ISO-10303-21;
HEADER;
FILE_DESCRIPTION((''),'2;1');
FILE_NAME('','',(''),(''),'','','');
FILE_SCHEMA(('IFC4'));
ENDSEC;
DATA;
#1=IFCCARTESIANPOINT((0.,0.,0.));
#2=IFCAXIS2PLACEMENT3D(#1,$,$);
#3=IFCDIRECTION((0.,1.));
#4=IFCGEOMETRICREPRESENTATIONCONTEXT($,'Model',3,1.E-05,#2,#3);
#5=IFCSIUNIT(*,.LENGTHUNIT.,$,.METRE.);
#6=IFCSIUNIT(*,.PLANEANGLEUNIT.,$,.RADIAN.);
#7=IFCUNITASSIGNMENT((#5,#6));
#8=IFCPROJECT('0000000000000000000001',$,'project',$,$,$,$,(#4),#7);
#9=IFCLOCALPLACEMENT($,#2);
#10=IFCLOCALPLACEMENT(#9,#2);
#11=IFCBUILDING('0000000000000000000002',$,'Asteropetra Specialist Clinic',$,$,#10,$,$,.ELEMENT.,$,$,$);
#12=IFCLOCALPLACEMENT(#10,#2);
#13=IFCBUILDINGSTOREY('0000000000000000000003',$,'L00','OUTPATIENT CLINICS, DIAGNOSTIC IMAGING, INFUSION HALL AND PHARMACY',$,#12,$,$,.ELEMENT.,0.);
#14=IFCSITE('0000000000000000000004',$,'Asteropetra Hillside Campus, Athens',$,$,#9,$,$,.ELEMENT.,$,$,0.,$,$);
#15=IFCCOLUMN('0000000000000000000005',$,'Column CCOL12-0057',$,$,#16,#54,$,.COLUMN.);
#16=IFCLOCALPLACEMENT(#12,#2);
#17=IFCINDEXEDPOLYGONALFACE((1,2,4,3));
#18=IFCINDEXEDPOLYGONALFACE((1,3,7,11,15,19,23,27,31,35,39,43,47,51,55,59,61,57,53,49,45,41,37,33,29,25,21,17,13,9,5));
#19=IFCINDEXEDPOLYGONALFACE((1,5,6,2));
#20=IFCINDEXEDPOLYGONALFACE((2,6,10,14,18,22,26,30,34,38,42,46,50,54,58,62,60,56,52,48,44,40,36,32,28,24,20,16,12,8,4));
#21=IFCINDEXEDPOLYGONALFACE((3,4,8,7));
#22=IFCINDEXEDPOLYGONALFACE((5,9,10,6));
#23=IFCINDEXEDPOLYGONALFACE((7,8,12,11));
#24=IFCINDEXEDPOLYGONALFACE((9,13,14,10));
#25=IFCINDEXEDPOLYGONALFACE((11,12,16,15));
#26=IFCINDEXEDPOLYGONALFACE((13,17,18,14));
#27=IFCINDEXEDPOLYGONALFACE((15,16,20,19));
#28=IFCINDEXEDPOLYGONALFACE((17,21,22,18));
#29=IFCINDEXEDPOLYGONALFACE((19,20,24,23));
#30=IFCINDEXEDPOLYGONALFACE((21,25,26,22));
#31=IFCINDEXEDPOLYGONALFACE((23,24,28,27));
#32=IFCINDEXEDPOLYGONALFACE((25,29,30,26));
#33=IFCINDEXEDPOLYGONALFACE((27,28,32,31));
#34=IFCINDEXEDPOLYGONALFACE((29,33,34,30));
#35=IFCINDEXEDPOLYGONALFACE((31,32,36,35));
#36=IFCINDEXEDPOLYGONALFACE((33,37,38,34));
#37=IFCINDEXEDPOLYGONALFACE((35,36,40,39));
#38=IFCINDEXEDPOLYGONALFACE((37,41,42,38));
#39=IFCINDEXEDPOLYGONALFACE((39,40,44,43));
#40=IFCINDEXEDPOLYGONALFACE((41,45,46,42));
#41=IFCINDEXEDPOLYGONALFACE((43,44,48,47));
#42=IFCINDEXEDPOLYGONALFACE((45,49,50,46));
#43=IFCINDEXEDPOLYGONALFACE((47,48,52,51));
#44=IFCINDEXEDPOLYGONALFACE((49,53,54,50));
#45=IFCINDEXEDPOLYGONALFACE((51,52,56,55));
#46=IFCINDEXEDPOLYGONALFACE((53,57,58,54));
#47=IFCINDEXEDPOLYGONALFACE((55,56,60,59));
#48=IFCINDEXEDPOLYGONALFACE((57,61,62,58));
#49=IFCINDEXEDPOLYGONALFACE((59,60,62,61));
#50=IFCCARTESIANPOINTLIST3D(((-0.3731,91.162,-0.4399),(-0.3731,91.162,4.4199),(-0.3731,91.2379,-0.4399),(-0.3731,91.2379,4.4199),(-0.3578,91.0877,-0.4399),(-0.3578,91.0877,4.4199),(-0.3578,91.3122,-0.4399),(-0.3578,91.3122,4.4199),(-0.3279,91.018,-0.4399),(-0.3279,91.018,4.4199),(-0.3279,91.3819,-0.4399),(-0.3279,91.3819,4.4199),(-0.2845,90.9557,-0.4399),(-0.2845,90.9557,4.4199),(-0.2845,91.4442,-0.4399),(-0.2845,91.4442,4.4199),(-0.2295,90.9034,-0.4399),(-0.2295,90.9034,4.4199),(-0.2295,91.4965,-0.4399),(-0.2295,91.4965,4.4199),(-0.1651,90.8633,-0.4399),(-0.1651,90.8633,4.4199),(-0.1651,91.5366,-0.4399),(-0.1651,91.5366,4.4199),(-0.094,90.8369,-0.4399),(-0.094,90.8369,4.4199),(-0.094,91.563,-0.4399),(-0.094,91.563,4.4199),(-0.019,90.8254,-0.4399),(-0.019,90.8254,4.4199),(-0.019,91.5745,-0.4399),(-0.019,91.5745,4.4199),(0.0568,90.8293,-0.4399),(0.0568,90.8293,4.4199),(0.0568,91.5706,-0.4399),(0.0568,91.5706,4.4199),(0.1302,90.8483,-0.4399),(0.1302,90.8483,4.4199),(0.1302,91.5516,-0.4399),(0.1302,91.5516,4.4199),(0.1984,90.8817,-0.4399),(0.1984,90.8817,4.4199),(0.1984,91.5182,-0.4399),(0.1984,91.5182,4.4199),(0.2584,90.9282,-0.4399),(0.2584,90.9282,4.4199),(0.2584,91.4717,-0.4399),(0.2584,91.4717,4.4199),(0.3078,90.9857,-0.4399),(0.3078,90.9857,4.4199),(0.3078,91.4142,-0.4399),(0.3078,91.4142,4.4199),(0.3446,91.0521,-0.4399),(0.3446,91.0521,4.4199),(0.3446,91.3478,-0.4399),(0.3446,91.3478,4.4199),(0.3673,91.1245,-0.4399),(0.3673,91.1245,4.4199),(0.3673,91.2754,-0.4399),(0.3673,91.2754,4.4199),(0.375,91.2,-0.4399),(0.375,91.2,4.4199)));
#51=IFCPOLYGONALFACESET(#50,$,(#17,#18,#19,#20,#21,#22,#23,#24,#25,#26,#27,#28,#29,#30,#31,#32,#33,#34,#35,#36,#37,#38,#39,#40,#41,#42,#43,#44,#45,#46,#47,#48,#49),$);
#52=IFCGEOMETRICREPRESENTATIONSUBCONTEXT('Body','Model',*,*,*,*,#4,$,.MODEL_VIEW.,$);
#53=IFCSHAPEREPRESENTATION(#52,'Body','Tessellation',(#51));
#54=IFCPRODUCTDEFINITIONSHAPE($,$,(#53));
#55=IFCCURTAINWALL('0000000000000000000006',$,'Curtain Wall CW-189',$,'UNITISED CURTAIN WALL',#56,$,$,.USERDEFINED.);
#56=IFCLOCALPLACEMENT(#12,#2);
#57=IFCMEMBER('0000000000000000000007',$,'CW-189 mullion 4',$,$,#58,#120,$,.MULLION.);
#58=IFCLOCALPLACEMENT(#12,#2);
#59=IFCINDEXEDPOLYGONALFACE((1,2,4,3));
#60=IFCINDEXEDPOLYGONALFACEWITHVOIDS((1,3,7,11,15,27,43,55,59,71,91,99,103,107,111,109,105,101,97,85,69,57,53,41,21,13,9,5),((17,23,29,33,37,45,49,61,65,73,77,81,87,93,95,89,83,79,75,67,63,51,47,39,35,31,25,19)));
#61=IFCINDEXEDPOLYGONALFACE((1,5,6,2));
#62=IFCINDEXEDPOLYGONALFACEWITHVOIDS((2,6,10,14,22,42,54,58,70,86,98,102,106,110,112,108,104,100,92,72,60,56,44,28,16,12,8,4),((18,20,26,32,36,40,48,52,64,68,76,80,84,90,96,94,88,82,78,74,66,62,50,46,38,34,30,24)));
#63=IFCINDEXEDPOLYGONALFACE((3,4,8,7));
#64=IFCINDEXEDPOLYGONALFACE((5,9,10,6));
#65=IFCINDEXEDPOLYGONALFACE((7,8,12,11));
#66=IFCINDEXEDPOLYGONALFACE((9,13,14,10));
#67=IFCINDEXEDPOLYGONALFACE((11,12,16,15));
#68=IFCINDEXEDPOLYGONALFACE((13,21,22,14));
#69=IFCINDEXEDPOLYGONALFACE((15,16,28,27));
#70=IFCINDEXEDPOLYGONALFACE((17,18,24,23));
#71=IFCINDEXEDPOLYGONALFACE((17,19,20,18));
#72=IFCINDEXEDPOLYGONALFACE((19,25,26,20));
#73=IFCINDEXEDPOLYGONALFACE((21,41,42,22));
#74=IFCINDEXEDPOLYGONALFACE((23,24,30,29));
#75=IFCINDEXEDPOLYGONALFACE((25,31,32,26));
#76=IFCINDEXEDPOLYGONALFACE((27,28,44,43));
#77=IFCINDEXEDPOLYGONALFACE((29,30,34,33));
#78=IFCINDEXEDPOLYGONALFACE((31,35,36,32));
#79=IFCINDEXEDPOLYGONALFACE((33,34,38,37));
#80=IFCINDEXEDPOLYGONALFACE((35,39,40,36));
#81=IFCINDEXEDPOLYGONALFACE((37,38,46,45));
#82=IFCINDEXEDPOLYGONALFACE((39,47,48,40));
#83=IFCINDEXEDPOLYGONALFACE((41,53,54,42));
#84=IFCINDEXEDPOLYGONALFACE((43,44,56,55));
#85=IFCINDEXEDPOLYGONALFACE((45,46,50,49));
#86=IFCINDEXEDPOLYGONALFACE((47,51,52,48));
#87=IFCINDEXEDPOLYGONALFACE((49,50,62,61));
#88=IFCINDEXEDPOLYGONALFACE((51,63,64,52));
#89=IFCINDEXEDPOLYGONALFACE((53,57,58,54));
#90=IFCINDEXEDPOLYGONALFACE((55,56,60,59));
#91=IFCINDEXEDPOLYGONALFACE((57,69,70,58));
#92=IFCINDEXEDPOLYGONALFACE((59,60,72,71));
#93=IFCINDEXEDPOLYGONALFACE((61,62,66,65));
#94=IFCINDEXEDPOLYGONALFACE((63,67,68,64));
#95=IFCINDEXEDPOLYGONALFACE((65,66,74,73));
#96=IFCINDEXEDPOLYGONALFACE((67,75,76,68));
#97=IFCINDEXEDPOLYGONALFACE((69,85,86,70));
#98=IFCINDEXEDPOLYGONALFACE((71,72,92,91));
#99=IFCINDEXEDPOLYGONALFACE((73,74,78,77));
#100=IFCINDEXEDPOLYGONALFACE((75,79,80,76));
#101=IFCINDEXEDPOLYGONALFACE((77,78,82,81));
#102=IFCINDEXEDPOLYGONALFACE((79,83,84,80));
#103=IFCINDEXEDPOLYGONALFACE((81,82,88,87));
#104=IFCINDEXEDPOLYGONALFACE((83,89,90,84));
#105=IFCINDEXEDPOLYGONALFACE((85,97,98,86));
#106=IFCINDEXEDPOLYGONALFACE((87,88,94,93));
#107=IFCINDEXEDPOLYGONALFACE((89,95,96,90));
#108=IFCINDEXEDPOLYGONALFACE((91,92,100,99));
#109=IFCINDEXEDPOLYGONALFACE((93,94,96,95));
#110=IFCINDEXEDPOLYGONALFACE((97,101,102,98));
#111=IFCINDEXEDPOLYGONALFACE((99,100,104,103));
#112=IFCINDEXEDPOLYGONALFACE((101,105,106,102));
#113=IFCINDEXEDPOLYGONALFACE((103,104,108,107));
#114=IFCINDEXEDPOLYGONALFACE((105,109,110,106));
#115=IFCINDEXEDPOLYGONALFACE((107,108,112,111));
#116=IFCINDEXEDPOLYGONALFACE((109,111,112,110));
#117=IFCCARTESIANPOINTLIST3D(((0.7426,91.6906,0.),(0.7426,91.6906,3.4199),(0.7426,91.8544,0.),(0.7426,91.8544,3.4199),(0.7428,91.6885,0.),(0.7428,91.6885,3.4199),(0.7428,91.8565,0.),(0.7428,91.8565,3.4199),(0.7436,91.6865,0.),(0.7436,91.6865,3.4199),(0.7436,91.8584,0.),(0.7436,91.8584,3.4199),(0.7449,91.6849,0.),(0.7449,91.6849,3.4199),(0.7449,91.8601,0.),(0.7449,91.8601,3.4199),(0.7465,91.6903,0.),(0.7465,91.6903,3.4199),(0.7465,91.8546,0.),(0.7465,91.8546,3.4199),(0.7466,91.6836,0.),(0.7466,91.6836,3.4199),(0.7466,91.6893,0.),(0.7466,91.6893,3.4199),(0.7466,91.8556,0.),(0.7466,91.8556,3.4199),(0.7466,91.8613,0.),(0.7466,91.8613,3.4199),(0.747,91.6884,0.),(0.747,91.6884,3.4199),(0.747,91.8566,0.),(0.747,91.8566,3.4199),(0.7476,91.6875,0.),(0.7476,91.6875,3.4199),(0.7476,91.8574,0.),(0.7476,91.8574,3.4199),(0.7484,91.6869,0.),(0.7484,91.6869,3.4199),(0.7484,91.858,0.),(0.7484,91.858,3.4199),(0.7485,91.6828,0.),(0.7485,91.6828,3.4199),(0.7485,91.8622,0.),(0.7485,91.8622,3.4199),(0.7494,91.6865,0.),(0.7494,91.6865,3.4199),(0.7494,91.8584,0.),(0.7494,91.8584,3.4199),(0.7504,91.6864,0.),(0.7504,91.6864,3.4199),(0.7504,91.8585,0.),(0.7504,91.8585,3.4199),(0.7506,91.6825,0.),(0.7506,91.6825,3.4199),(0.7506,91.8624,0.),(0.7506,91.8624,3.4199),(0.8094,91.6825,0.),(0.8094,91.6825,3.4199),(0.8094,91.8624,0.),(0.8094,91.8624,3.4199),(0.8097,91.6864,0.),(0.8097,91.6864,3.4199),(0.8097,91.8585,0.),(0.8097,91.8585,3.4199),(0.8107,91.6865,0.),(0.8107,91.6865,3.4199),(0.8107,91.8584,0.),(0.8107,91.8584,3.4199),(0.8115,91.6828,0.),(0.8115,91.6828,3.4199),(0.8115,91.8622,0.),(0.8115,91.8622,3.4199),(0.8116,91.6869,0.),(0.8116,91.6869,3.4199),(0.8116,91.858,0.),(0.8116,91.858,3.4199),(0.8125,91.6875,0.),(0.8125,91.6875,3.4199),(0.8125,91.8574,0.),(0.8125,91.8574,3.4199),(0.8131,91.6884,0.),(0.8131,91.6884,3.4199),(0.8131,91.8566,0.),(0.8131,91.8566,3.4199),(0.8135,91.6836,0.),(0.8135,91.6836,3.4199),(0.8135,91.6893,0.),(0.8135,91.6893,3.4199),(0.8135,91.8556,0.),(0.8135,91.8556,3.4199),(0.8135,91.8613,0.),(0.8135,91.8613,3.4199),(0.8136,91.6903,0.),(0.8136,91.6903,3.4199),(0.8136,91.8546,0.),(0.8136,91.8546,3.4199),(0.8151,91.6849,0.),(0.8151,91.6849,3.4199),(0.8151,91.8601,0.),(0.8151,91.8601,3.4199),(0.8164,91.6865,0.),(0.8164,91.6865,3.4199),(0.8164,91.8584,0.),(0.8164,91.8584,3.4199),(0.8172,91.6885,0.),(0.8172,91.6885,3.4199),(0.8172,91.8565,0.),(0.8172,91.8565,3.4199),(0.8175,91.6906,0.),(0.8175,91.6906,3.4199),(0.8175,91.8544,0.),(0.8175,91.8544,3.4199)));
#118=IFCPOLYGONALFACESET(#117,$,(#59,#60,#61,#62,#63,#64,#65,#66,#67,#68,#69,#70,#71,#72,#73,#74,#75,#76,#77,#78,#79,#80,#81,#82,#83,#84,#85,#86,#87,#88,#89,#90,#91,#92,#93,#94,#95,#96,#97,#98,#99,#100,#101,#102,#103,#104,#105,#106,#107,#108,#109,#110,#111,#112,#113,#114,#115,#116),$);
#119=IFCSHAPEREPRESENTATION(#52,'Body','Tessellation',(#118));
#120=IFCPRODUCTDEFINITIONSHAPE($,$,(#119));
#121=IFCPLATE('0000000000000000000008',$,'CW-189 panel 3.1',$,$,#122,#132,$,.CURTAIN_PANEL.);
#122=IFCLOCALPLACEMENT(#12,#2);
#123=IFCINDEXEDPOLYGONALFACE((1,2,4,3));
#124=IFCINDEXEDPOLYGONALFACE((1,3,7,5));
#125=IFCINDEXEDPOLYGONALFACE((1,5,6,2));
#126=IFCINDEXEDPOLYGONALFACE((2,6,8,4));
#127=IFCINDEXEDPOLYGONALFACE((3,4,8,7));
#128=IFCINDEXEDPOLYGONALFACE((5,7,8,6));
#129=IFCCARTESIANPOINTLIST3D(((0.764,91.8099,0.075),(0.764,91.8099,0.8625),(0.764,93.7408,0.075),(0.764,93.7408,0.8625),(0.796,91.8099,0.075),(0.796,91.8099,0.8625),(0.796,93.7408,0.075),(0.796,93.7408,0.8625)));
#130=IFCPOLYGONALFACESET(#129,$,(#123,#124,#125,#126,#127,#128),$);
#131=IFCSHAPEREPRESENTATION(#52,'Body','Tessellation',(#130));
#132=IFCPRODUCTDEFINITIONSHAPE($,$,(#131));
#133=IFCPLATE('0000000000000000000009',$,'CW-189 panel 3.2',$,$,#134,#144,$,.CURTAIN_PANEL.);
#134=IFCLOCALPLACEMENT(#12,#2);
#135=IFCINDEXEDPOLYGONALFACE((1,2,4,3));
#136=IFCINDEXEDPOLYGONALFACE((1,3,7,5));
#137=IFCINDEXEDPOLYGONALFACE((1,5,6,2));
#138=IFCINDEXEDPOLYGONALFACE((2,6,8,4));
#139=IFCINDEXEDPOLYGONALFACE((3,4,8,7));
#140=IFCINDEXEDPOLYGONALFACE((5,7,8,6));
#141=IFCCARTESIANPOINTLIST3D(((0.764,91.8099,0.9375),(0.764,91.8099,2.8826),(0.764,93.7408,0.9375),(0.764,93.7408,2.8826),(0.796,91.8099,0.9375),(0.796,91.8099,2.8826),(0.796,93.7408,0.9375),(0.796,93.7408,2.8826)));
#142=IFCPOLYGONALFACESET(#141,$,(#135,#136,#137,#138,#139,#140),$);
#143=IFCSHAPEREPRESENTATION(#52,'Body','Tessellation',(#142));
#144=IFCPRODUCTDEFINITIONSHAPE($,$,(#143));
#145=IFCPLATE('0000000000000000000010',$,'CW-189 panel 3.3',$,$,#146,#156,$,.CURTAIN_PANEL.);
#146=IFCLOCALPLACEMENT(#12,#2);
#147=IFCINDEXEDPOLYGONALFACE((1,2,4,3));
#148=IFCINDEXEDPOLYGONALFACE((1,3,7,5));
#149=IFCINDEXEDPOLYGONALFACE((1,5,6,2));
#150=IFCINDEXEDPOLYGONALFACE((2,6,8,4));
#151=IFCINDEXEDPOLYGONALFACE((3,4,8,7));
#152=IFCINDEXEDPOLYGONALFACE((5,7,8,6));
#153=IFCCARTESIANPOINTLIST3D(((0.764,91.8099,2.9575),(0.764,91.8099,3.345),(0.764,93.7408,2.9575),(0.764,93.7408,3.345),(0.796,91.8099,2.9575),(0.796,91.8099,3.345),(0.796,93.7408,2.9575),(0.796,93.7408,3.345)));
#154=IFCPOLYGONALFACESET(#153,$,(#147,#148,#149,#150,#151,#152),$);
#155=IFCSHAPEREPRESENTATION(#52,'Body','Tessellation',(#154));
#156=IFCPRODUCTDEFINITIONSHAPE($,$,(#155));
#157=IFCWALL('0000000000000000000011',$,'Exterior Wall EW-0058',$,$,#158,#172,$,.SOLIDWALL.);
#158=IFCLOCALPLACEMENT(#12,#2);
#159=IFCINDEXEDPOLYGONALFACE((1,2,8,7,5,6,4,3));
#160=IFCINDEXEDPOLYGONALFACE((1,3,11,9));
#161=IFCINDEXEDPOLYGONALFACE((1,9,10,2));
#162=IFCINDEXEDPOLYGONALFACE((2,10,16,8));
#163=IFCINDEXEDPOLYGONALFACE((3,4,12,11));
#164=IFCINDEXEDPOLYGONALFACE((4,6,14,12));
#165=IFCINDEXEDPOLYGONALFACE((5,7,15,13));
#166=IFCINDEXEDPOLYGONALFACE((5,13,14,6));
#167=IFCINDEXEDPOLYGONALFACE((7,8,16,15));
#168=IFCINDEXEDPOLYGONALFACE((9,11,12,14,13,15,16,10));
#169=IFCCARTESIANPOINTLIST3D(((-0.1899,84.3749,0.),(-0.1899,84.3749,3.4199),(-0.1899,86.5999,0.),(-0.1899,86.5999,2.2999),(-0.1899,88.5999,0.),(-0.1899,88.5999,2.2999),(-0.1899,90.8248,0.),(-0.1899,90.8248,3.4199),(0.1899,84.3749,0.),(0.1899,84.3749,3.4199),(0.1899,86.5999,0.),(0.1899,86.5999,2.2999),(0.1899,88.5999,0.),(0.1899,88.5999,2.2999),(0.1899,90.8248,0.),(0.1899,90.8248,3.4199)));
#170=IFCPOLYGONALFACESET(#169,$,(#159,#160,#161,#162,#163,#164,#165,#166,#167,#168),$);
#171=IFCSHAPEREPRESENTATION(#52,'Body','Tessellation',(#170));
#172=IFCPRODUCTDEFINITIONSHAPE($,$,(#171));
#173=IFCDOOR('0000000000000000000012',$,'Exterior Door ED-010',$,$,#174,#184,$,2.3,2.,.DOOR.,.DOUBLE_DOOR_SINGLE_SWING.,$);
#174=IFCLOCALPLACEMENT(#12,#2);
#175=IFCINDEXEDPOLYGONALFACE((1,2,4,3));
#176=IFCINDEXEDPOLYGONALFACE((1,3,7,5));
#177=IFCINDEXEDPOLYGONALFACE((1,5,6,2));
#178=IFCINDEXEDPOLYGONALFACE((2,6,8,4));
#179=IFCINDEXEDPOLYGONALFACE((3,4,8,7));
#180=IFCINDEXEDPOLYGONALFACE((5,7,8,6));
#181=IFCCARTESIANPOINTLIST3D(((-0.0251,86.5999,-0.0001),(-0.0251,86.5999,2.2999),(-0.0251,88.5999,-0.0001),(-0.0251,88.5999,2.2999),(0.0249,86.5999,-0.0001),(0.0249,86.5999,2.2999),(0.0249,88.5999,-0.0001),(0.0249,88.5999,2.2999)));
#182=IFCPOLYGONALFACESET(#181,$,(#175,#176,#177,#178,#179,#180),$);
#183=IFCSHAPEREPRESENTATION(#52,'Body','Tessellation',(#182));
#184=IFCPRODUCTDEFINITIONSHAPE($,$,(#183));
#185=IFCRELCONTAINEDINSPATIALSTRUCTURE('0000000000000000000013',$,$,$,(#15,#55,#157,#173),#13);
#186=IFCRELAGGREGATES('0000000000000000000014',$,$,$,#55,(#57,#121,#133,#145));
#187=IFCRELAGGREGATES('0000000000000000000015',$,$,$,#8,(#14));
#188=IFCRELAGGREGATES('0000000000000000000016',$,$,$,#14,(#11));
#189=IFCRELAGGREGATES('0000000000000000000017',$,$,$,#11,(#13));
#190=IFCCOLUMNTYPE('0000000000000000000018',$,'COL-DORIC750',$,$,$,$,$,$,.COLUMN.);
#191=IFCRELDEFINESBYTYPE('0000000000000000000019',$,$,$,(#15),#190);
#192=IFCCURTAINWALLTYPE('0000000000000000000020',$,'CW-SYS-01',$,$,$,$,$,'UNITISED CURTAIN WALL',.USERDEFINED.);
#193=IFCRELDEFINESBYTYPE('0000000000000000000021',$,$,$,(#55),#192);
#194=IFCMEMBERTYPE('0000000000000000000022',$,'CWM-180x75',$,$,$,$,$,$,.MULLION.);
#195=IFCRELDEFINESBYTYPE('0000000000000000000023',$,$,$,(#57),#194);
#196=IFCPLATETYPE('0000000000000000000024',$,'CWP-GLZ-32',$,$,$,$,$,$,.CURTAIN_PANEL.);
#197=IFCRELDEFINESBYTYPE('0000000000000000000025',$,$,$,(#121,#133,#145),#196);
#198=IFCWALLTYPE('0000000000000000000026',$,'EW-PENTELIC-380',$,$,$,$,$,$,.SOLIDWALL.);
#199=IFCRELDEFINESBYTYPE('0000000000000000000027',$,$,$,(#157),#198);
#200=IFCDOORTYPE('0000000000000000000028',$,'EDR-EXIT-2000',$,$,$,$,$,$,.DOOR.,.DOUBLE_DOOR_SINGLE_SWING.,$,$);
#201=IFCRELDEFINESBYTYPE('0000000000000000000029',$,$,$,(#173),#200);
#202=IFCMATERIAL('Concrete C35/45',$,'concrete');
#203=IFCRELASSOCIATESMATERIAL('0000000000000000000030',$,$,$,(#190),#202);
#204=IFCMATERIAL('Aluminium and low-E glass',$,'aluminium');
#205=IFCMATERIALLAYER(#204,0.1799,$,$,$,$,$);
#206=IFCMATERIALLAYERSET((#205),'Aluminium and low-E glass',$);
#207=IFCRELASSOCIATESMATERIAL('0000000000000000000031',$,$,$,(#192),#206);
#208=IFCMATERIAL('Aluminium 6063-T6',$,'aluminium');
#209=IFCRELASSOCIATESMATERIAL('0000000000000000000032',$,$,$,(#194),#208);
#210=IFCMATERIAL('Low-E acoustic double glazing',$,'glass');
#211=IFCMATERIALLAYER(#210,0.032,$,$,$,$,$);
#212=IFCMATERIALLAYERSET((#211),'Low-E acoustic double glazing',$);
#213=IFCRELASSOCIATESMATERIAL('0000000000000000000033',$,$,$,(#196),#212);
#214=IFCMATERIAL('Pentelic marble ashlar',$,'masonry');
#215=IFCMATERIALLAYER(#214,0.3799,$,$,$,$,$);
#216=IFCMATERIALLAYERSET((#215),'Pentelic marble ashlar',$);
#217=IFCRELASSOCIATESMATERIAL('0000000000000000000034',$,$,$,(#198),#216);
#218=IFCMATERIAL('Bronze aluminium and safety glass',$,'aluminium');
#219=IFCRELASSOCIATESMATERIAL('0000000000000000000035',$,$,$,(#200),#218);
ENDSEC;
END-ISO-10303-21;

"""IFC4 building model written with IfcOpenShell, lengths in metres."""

from ifc_helpers import new_model, si_unit, direction, frame, frame_2d, origin, origin_2d, place, context, subcontext, project, spatial, rectangle, hollow_rectangle, circle, extrude, material, layer, layer_set, material_profile, profile_set, type_object, element, fill, aggregate, save


model = new_model("IFC4")

# Units and contexts
model_context = context("Model", 3, precision=1e-05, world=origin(), true_north=direction((0.0, 1.0)))
body_context = subcontext(model_context, "Body", "Model", "MODEL_VIEW")
ifc_project = project(units=[si_unit("LENGTHUNIT", "METRE"), si_unit("PLANEANGLEUNIT", "RADIAN")], contexts=[model_context])

# Site, building, storey
site_placement = place(None, origin())
site = spatial("IfcSite", under=ifc_project, at=site_placement, Name="Asteropetra Hillside Campus, Athens", CompositionType="ELEMENT", RefElevation=0.0)
building_placement = place(site_placement, origin())
building = spatial("IfcBuilding", under=site, at=building_placement, Name="Asteropetra Specialist Clinic", CompositionType="ELEMENT")
storey_placement = place(building_placement, origin())
storey = spatial("IfcBuildingStorey", under=building, at=storey_placement, Name="L00", Description="OUTPATIENT CLINICS, DIAGNOSTIC IMAGING, INFUSION HALL AND PHARMACY", CompositionType="ELEMENT", Elevation=0.0)

# Column
ifc_material_1 = material(Name="Concrete C35/45", Category="concrete")
ifc_material_profile_1 = material_profile(ifc_material_1, circle(Radius=0.375, at=origin_2d()), Name="RCC D750")
ifc_profile_set_1 = profile_set([ifc_material_profile_1], Name="Concrete C35/45")
column_type = type_object("IfcColumnType", Name="COL-DORIC750", PredefinedType="COLUMN", material=ifc_profile_set_1)
column_placement = place(storey_placement, frame((0.0, 91.2, -0.4399), z_axis=(0.0, 0.0, 1.0), x_axis=(1.0, 0.0, 0.0)))
element("IfcColumn", 1, at=column_placement, inside=storey, type_object=column_type, Name="Column CCOL12-0057", PredefinedType="COLUMN", context=body_context, shape_type="SweptSolid", body=[
    extrude(circle(Radius=0.375, at=origin_2d()), origin(), (0.0, 0.0, 1.0), 4.8599),
])

# Curtain wall, member, plates
ifc_material_2 = material(Name="Aluminium and low-E glass", Category="aluminium")
ifc_layer_1 = layer(ifc_material_2, 0.1799)
ifc_layer_set_1 = layer_set([ifc_layer_1], Name="Aluminium and low-E glass")
curtain_wall_type = type_object("IfcCurtainWallType", Name="CW-SYS-01", ElementType="UNITISED CURTAIN WALL", PredefinedType="USERDEFINED", material=ifc_layer_set_1)
curtain_wall_placement = place(storey_placement, origin())
curtain_wall = element("IfcCurtainWall", 2, at=curtain_wall_placement, inside=storey, type_object=curtain_wall_type, Name="Curtain Wall CW-189", ObjectType="UNITISED CURTAIN WALL", PredefinedType="USERDEFINED")
ifc_material_3 = material(Name="Aluminium 6063-T6", Category="aluminium")
ifc_material_profile_2 = material_profile(ifc_material_3, hollow_rectangle(XDim=0.075, YDim=0.1799, WallThickness=0.0039, InnerFilletRadius=0.0039, OuterFilletRadius=0.0081, at=origin_2d()), Name="MUL 180x75x4.0")
ifc_profile_set_2 = profile_set([ifc_material_profile_2], Name="Aluminium 6063-T6")
member_type = type_object("IfcMemberType", Name="CWM-180x75", PredefinedType="MULLION", material=ifc_profile_set_2)
member_placement = place(storey_placement, frame((0.78, 91.7725, 0.0), z_axis=(0.0, 0.0, 1.0), x_axis=(1.0, 0.0, 0.0)))
member = element("IfcMember", 3, at=member_placement, type_object=member_type, Name="CW-189 mullion 4", PredefinedType="MULLION", context=body_context, shape_type="SweptSolid", body=[
    extrude(hollow_rectangle(XDim=0.075, YDim=0.1799, WallThickness=0.0039, InnerFilletRadius=0.0039, OuterFilletRadius=0.0081, at=origin_2d()), origin(), (0.0, 0.0, 1.0), 3.4199),
])
ifc_material_4 = material(Name="Low-E acoustic double glazing", Category="glass")
ifc_layer_2 = layer(ifc_material_4, 0.032)
ifc_layer_set_2 = layer_set([ifc_layer_2], Name="Low-E acoustic double glazing")
plate_type = type_object("IfcPlateType", Name="CWP-GLZ-32", PredefinedType="CURTAIN_PANEL", material=ifc_layer_set_2)
plate_1_placement = place(storey_placement, frame((0.78, 92.7754, 0.075), z_axis=(0.0, 0.0, 1.0), x_axis=(0.0, -1.0, 0.0)))
plate_1 = element("IfcPlate", 4, at=plate_1_placement, type_object=plate_type, Name="CW-189 panel 3.1", PredefinedType="CURTAIN_PANEL", context=body_context, shape_type="SweptSolid", body=[
    extrude(rectangle(XDim=1.9309, YDim=0.032, at=origin_2d()), origin(), (0.0, 0.0, 1.0), 0.7876),
])
plate_2_placement = place(storey_placement, frame((0.78, 92.7754, 0.9375), z_axis=(0.0, 0.0, 1.0), x_axis=(0.0, -1.0, 0.0)))
plate_2 = element("IfcPlate", 5, at=plate_2_placement, type_object=plate_type, Name="CW-189 panel 3.2", PredefinedType="CURTAIN_PANEL", context=body_context, shape_type="SweptSolid", body=[
    extrude(rectangle(XDim=1.9309, YDim=0.032, at=origin_2d()), origin(), (0.0, 0.0, 1.0), 1.9451),
])
plate_3_placement = place(storey_placement, frame((0.78, 92.7754, 2.9575), z_axis=(0.0, 0.0, 1.0), x_axis=(0.0, -1.0, 0.0)))
plate_3 = element("IfcPlate", 6, at=plate_3_placement, type_object=plate_type, Name="CW-189 panel 3.3", PredefinedType="CURTAIN_PANEL", context=body_context, shape_type="SweptSolid", body=[
    extrude(rectangle(XDim=1.9309, YDim=0.032, at=origin_2d()), origin(), (0.0, 0.0, 1.0), 0.3875),
])
aggregate(curtain_wall, [member, plate_1, plate_2, plate_3])

# Wall, opening, door
ifc_material_5 = material(Name="Pentelic marble ashlar", Category="masonry")
ifc_layer_3 = layer(ifc_material_5, 0.3799)
ifc_layer_set_3 = layer_set([ifc_layer_3], Name="Pentelic marble ashlar")
wall_type = type_object("IfcWallType", Name="EW-PENTELIC-380", PredefinedType="SOLIDWALL", material=ifc_layer_set_3)
wall_placement = place(storey_placement, frame((0.0, 90.825, 0.0), z_axis=(0.0, 0.0, 1.0), x_axis=(0.0, -1.0, 0.0)))
wall = element("IfcWall", 7, at=wall_placement, inside=storey, type_object=wall_type, Name="Exterior Wall EW-0058", PredefinedType="SOLIDWALL", context=body_context, shape_type="SweptSolid", body=[
    extrude(rectangle(XDim=6.45, YDim=0.3799, at=frame_2d((3.2251, 0.0))), origin(), (0.0, 0.0, 1.0), 3.4199),
])
opening_placement = place(wall_placement, frame((2.2251, 0.0, 0.0)))
opening = element("IfcOpeningElement", 8, at=opening_placement, cuts=wall, PredefinedType="OPENING", context=body_context, shape_type="SweptSolid", body=[
    extrude(rectangle(XDim=2.0, YDim=2.3, at=frame_2d((1.0, 1.1499))), frame((0.0, 0.2, 0.0), z_axis=(0.0, -1.0, 0.0), x_axis=(1.0, 0.0, 0.0)), (0.0, 0.0, 1.0), 0.3999),
])
ifc_material_6 = material(Name="Bronze aluminium and safety glass", Category="aluminium")
door_type = type_object("IfcDoorType", Name="EDR-EXIT-2000", OperationType="DOUBLE_DOOR_SINGLE_SWING", PredefinedType="DOOR", material=ifc_material_6)
door_placement = place(opening_placement, origin())
door = element("IfcDoor", 9, at=door_placement, inside=storey, type_object=door_type, Name="Exterior Door ED-010", OperationType="DOUBLE_DOOR_SINGLE_SWING", OverallHeight=2.3, OverallWidth=2.0, PredefinedType="DOOR", context=body_context, shape_type="SweptSolid", body=[
    extrude(rectangle(XDim=2.0, YDim=2.3, at=frame_2d((1.0, 1.1499))), frame((0.0, 0.0249, 0.0), z_axis=(0.0, -1.0, 0.0), x_axis=(1.0, 0.0, 0.0)), (0.0, 0.0, 1.0), 0.05),
])
fill(opening, door)

save(model, "model.ifc")
